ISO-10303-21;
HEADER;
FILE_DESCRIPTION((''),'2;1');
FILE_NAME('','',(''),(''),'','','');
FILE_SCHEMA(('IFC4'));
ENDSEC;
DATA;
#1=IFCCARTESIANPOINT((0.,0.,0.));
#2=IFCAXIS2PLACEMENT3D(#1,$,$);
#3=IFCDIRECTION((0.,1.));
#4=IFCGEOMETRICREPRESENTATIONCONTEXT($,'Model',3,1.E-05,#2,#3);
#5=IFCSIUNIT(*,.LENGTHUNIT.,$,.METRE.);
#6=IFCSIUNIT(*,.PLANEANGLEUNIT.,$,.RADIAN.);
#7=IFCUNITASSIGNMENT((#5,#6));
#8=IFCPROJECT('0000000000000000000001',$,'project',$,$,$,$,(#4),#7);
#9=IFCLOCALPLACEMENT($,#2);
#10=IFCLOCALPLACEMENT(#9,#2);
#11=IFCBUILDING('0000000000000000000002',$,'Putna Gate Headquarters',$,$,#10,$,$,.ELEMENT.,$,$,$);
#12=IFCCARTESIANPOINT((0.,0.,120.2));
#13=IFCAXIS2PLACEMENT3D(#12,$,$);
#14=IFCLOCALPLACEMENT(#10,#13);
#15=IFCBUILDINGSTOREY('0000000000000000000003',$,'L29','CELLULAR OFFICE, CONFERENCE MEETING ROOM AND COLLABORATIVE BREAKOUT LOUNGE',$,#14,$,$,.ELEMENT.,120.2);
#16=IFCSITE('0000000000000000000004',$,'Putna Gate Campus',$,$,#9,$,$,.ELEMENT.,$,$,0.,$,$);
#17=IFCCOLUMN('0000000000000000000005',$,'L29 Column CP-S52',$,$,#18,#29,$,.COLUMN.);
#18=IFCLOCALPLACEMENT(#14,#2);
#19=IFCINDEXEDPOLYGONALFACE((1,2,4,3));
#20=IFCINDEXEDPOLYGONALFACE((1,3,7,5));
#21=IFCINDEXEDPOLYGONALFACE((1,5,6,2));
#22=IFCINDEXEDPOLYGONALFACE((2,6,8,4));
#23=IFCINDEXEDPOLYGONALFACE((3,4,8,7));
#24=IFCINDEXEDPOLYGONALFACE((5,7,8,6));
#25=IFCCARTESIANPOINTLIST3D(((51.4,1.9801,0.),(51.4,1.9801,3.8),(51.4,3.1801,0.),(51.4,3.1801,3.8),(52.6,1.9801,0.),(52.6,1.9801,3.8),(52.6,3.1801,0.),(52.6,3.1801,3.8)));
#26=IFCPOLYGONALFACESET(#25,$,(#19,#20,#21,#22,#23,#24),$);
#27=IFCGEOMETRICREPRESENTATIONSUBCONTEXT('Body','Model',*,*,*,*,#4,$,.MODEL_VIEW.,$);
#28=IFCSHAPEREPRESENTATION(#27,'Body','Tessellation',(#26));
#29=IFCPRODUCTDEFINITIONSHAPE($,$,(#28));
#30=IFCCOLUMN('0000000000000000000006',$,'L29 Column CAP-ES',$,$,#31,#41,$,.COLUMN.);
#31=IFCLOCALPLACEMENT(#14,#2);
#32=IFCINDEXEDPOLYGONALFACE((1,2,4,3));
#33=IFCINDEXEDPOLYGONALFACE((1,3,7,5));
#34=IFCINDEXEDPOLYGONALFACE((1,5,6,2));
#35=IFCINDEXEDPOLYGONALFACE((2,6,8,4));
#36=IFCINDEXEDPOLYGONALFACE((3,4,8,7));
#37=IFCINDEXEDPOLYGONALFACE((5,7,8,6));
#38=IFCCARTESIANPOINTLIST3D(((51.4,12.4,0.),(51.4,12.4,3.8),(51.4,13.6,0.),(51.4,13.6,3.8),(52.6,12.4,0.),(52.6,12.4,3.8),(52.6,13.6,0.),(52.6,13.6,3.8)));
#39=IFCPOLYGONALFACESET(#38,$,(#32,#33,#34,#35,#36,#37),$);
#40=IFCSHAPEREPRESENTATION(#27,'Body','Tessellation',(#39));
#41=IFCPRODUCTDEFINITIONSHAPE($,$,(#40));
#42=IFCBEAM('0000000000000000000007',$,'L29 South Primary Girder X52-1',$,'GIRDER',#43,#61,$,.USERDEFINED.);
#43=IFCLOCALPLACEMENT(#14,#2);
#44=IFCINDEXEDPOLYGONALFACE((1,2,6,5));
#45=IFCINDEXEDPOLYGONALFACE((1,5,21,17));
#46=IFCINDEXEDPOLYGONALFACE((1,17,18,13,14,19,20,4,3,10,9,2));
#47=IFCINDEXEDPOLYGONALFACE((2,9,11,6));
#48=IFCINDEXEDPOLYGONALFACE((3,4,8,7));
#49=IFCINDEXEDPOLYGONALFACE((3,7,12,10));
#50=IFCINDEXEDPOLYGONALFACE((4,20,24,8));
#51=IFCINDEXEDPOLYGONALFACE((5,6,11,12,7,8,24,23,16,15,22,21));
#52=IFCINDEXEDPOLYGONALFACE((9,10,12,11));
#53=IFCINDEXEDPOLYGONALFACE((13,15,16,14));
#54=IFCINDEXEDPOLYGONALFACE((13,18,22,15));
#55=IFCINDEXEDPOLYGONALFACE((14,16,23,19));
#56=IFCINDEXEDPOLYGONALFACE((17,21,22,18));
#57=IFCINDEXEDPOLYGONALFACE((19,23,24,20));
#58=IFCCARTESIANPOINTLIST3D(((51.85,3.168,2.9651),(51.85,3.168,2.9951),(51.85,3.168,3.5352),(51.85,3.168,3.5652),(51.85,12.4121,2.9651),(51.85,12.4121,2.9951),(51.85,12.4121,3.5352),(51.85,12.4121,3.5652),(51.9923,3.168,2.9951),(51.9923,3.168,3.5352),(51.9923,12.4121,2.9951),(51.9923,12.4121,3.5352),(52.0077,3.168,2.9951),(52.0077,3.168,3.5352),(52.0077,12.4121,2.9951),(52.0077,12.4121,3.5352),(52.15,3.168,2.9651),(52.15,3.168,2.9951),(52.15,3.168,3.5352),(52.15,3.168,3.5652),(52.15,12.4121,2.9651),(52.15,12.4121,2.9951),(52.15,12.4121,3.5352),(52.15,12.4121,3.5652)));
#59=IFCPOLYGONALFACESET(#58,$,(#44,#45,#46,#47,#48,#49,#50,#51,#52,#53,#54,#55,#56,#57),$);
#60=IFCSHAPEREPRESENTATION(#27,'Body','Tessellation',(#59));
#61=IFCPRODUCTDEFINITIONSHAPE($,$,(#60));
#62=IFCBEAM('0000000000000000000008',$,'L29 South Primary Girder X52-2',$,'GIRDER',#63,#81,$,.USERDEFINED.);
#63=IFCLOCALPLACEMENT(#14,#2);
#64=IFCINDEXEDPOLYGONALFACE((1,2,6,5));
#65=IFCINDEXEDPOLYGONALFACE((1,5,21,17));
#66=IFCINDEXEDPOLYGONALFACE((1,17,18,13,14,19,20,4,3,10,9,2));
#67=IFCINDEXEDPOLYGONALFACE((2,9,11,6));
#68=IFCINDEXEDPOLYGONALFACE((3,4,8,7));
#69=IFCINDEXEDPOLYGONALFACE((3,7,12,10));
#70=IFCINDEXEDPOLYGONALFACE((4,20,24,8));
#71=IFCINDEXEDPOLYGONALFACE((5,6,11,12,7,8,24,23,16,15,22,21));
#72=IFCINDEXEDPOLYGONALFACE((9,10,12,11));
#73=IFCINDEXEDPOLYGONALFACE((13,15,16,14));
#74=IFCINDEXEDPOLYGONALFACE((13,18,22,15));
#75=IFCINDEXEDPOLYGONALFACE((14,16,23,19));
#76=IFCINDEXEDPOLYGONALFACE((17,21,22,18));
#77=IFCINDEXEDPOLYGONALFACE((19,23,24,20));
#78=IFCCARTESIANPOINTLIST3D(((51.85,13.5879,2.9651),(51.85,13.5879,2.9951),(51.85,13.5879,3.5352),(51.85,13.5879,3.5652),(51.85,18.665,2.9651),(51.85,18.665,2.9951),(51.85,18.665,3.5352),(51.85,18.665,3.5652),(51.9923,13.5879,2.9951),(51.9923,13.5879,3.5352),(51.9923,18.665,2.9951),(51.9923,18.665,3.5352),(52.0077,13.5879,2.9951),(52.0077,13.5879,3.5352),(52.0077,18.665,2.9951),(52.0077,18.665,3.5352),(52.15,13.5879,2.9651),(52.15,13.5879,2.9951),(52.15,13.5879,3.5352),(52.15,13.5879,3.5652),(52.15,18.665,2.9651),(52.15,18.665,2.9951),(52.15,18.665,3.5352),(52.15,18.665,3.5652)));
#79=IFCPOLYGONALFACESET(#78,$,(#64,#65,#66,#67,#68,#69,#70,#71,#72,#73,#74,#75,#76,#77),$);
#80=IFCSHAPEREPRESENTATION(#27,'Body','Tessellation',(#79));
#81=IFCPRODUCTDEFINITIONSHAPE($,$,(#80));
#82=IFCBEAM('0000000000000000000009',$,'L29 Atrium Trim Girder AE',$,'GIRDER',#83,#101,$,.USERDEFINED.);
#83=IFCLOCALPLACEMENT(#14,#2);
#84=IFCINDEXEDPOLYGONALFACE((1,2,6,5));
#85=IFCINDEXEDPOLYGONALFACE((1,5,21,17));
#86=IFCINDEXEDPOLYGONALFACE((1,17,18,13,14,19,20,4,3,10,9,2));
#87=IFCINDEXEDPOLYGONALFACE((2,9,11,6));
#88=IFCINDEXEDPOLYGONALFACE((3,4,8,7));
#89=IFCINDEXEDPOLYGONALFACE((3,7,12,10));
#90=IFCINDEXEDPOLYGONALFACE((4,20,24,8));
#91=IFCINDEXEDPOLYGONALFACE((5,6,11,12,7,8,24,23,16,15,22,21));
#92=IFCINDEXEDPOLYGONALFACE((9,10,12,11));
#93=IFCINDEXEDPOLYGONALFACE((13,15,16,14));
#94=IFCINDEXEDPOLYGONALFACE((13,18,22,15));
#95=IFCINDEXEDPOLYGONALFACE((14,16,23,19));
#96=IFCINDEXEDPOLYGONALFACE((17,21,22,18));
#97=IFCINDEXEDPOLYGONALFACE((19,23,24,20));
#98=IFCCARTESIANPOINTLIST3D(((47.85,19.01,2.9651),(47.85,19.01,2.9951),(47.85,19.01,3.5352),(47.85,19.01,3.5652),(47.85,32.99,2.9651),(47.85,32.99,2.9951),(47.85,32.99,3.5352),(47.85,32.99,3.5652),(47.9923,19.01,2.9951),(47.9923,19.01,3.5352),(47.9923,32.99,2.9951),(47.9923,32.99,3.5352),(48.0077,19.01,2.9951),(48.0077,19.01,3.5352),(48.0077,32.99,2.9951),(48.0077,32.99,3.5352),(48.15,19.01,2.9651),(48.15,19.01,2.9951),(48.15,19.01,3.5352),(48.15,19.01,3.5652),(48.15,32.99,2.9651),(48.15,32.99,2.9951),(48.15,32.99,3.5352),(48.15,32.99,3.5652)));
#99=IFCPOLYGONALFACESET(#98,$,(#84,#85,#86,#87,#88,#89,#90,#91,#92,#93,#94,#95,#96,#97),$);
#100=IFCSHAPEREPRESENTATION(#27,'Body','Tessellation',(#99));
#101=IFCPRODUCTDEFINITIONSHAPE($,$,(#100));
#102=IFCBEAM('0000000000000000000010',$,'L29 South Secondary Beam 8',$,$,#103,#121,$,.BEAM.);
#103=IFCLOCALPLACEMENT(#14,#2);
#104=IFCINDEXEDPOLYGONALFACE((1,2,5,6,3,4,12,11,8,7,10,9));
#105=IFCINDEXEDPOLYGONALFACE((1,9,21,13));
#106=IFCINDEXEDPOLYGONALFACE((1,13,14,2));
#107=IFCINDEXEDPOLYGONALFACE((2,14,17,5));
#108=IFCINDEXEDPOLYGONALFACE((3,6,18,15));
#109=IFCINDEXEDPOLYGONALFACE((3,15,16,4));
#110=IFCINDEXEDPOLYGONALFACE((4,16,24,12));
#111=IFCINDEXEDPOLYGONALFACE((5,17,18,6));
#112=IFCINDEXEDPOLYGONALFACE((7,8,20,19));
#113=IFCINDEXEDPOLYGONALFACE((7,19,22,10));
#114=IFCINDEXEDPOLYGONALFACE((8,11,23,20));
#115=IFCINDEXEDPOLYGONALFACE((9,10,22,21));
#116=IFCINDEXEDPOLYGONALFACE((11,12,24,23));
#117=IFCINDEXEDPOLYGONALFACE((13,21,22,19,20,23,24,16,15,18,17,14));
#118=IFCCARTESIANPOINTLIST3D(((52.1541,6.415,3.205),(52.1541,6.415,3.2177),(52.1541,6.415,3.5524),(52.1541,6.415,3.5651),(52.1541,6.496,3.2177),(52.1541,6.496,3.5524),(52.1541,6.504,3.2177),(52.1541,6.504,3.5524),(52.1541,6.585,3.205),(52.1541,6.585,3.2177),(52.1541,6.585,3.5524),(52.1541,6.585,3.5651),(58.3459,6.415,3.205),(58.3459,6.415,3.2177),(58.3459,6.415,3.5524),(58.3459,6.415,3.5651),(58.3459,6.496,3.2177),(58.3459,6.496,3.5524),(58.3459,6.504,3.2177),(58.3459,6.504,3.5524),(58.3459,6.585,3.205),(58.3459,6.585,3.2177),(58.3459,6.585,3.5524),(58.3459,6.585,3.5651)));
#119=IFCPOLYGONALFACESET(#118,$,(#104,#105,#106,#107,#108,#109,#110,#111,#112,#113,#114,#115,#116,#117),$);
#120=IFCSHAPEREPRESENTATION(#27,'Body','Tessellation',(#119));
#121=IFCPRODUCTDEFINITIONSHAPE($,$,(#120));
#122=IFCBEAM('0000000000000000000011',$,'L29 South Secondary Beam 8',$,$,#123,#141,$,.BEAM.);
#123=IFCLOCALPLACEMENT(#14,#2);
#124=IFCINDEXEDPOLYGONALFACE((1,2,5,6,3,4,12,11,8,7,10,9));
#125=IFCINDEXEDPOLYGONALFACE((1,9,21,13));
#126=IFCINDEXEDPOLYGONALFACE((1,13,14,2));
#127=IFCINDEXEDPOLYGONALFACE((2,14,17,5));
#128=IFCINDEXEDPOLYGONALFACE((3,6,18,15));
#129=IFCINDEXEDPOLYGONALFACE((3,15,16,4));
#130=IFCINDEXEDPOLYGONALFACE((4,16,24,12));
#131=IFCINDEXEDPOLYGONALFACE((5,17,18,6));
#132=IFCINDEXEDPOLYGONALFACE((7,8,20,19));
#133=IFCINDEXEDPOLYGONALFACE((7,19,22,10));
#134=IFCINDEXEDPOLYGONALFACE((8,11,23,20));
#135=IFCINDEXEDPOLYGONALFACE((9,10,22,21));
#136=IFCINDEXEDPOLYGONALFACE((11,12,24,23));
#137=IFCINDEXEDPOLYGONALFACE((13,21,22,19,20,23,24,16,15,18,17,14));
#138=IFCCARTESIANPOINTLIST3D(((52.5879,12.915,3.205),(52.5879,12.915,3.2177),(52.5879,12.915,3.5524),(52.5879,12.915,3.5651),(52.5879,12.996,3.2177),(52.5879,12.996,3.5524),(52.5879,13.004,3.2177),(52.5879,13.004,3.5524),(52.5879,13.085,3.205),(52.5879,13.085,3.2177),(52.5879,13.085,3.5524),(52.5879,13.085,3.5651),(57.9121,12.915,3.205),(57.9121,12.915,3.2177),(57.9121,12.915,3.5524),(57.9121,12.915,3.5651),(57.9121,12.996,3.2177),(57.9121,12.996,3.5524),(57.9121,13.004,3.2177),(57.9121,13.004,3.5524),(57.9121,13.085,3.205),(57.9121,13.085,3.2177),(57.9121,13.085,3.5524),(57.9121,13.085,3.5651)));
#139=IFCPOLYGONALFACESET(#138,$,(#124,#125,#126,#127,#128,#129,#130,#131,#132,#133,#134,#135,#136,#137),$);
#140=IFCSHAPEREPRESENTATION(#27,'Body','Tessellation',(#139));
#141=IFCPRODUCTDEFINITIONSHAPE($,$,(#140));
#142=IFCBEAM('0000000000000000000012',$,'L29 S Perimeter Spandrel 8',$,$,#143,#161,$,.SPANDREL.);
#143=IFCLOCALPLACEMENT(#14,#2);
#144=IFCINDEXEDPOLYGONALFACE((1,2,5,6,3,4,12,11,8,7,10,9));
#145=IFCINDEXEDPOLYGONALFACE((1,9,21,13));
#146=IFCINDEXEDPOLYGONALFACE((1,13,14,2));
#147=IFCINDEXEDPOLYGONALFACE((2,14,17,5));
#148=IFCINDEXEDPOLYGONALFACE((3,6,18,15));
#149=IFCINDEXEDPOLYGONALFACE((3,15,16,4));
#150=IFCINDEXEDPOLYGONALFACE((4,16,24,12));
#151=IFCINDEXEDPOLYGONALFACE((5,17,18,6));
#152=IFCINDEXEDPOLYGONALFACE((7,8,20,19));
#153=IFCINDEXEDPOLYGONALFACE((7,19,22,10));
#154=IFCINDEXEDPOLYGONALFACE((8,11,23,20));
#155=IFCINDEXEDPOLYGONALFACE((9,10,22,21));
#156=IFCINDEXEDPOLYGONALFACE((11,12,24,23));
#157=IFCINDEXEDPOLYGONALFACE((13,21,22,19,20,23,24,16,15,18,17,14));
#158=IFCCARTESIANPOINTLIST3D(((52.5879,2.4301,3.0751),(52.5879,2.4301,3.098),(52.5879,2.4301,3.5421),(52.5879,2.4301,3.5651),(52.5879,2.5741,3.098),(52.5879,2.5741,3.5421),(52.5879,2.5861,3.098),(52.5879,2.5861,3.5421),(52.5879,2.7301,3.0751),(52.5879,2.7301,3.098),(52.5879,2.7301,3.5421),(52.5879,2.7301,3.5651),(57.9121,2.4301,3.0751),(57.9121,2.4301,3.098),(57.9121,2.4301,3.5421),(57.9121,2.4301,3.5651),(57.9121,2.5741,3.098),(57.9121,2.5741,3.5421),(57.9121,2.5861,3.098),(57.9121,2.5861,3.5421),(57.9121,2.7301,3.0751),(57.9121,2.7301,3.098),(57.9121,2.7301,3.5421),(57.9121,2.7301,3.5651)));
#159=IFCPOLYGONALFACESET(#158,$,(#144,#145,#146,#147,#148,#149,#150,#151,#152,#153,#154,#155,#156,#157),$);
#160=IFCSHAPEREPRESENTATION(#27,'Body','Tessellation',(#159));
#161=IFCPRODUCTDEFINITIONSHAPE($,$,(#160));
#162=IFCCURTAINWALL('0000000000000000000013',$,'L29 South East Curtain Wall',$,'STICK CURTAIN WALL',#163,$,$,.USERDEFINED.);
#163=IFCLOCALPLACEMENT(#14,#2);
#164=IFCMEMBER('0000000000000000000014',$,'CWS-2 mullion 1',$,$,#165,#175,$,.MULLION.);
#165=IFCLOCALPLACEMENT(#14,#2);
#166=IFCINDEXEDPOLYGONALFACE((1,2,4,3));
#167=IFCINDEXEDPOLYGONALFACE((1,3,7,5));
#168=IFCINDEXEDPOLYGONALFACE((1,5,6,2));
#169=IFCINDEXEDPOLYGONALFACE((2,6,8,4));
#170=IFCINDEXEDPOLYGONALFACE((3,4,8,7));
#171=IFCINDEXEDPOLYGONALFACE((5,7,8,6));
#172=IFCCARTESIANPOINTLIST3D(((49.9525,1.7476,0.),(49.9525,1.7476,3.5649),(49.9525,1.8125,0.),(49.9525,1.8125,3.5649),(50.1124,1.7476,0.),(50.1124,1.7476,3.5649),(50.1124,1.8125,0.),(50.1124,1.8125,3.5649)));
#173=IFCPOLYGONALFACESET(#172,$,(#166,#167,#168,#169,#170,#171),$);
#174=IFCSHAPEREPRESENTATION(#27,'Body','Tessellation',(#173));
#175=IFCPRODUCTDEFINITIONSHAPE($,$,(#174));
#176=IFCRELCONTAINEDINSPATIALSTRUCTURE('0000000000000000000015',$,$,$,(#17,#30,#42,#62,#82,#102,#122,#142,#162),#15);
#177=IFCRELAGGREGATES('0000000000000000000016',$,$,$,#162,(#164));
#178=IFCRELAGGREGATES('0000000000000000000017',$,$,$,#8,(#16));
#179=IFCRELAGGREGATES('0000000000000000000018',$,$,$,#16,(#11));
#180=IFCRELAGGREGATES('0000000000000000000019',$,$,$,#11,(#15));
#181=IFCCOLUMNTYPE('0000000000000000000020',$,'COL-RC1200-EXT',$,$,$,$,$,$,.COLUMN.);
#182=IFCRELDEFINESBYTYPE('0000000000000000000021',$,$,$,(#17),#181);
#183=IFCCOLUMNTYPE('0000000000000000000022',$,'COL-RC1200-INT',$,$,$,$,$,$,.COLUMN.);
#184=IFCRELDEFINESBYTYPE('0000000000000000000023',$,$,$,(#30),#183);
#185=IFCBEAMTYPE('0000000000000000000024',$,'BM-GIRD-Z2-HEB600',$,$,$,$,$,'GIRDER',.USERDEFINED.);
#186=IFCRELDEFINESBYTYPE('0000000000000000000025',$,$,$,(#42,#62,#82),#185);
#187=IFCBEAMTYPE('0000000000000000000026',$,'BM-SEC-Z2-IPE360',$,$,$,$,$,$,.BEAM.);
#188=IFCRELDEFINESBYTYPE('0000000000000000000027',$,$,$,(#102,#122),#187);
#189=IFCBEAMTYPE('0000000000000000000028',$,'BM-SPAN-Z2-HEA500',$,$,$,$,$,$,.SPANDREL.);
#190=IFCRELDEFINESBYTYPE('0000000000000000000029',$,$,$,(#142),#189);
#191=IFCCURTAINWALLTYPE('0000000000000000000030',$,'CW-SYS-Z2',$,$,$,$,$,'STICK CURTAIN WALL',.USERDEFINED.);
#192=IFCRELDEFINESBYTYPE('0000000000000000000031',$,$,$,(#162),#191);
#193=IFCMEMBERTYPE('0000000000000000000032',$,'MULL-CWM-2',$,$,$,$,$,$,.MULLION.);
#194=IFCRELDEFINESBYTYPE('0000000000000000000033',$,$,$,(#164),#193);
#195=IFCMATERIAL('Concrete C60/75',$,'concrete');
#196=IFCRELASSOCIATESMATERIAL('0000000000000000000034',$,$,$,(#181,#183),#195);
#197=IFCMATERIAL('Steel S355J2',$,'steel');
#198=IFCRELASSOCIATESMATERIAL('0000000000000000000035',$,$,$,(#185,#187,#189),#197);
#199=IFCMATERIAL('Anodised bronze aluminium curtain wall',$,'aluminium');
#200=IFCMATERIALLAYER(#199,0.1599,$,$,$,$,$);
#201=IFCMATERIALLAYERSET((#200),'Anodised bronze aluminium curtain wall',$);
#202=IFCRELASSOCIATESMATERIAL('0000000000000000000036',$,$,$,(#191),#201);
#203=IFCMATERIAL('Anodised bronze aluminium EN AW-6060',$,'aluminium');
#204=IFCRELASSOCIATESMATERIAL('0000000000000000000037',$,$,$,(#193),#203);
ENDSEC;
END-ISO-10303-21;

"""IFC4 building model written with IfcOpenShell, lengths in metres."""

from ifc_helpers import new_model, si_unit, direction, frame, origin, origin_2d, place, context, subcontext, project, spatial, rectangle, i_section, extrude, material, layer, layer_set, material_profile, profile_set, type_object, element, aggregate, save


model = new_model("IFC4")

# Units and contexts
model_context = context("Model", 3, precision=1e-05, world=origin(), true_north=direction((0.0, 1.0)))
body_context = subcontext(model_context, "Body", "Model", "MODEL_VIEW")
ifc_project = project(units=[si_unit("LENGTHUNIT", "METRE"), si_unit("PLANEANGLEUNIT", "RADIAN")], contexts=[model_context])

# Site, building, storey
site_placement = place(None, origin())
site = spatial("IfcSite", under=ifc_project, at=site_placement, Name="Putna Gate Campus", CompositionType="ELEMENT", RefElevation=0.0)
building_placement = place(site_placement, origin())
building = spatial("IfcBuilding", under=site, at=building_placement, Name="Putna Gate Headquarters", CompositionType="ELEMENT")
storey_placement = place(building_placement, frame((0.0, 0.0, 120.2)))
storey = spatial("IfcBuildingStorey", under=building, at=storey_placement, Name="L29", Description="CELLULAR OFFICE, CONFERENCE MEETING ROOM AND COLLABORATIVE BREAKOUT LOUNGE", CompositionType="ELEMENT", Elevation=120.2)

# Columns
ifc_material_1 = material(Name="Concrete C60/75", Category="concrete")
ifc_material_profile_1 = material_profile(ifc_material_1, rectangle(XDim=1.2, YDim=1.2, at=origin_2d()), Name="Concrete C60/75")
ifc_profile_set_1 = profile_set([ifc_material_profile_1], Name="Concrete C60/75")
column_type_1 = type_object("IfcColumnType", Name="COL-RC1200-EXT", PredefinedType="COLUMN", material=ifc_profile_set_1)
column_1_placement = place(storey_placement, frame((52.0, 2.5801, 0.0), z_axis=(0.0, 0.0, 1.0), x_axis=(1.0, 0.0, 0.0)))
element("IfcColumn", 1, at=column_1_placement, inside=storey, type_object=column_type_1, Name="L29 Column CP-S52", PredefinedType="COLUMN", context=body_context, shape_type="SweptSolid", body=[
    extrude(rectangle(XDim=1.2, YDim=1.2, at=origin_2d()), origin(), (0.0, 0.0, 1.0), 3.8),
])
ifc_material_profile_2 = material_profile(ifc_material_1, rectangle(XDim=1.2, YDim=1.2, at=origin_2d()), Name="Concrete C60/75")
ifc_profile_set_2 = profile_set([ifc_material_profile_2], Name="Concrete C60/75")
column_type_2 = type_object("IfcColumnType", Name="COL-RC1200-INT", PredefinedType="COLUMN", material=ifc_profile_set_2)
column_2_placement = place(storey_placement, frame((52.0, 13.0, 0.0), z_axis=(0.0, 0.0, 1.0), x_axis=(1.0, 0.0, 0.0)))
element("IfcColumn", 2, at=column_2_placement, inside=storey, type_object=column_type_2, Name="L29 Column CAP-ES", PredefinedType="COLUMN", context=body_context, shape_type="SweptSolid", body=[
    extrude(rectangle(XDim=1.2, YDim=1.2, at=origin_2d()), origin(), (0.0, 0.0, 1.0), 3.8),
])

# Beams
ifc_material_2 = material(Name="Steel S355J2", Category="steel")
ifc_material_profile_3 = material_profile(ifc_material_2, i_section(OverallWidth=0.3, OverallDepth=0.6001, WebThickness=0.0154, FlangeThickness=0.03, at=origin_2d()), Name="Steel S355J2")
ifc_profile_set_3 = profile_set([ifc_material_profile_3], Name="Steel S355J2")
beam_type_1 = type_object("IfcBeamType", Name="BM-GIRD-Z2-HEB600", ElementType="GIRDER", PredefinedType="USERDEFINED", material=ifc_profile_set_3)
beam_1_placement = place(storey_placement, frame((52.0, 3.168, 3.2651), z_axis=(0.0, 1.0, 0.0), x_axis=(-1.0, 0.0, 0.0)))
element("IfcBeam", 3, at=beam_1_placement, inside=storey, type_object=beam_type_1, Name="L29 South Primary Girder X52-1", ObjectType="GIRDER", PredefinedType="USERDEFINED", context=body_context, shape_type="SweptSolid", body=[
    extrude(i_section(OverallWidth=0.3, OverallDepth=0.6001, WebThickness=0.0154, FlangeThickness=0.03, at=origin_2d()), origin(), (0.0, 0.0, 1.0), 9.2441),
])
beam_2_placement = place(storey_placement, frame((52.0, 13.5879, 3.2651), z_axis=(0.0, 1.0, 0.0), x_axis=(-1.0, 0.0, 0.0)))
element("IfcBeam", 4, at=beam_2_placement, inside=storey, type_object=beam_type_1, Name="L29 South Primary Girder X52-2", ObjectType="GIRDER", PredefinedType="USERDEFINED", context=body_context, shape_type="SweptSolid", body=[
    extrude(i_section(OverallWidth=0.3, OverallDepth=0.6001, WebThickness=0.0154, FlangeThickness=0.03, at=origin_2d()), origin(), (0.0, 0.0, 1.0), 5.0771),
])
beam_3_placement = place(storey_placement, frame((48.0, 19.01, 3.2651), z_axis=(0.0, 1.0, 0.0), x_axis=(-1.0, 0.0, 0.0)))
element("IfcBeam", 5, at=beam_3_placement, inside=storey, type_object=beam_type_1, Name="L29 Atrium Trim Girder AE", ObjectType="GIRDER", PredefinedType="USERDEFINED", context=body_context, shape_type="SweptSolid", body=[
    extrude(i_section(OverallWidth=0.3, OverallDepth=0.6001, WebThickness=0.0154, FlangeThickness=0.03, at=origin_2d()), origin(), (0.0, 0.0, 1.0), 13.98),
])
ifc_material_profile_4 = material_profile(ifc_material_2, i_section(OverallWidth=0.1699, OverallDepth=0.3601, WebThickness=0.0081, FlangeThickness=0.0127, at=origin_2d()), Name="Steel S355J2")
ifc_profile_set_4 = profile_set([ifc_material_profile_4], Name="Steel S355J2")
beam_type_2 = type_object("IfcBeamType", Name="BM-SEC-Z2-IPE360", PredefinedType="BEAM", material=ifc_profile_set_4)
beam_4_placement = place(storey_placement, frame((52.1541, 6.5, 3.385), z_axis=(1.0, 0.0, 0.0), x_axis=(0.0, 1.0, 0.0)))
element("IfcBeam", 6, at=beam_4_placement, inside=storey, type_object=beam_type_2, Name="L29 South Secondary Beam 8", PredefinedType="BEAM", context=body_context, shape_type="SweptSolid", body=[
    extrude(i_section(OverallWidth=0.1699, OverallDepth=0.3601, WebThickness=0.0081, FlangeThickness=0.0127, at=origin_2d()), origin(), (0.0, 0.0, 1.0), 6.1919),
])
beam_5_placement = place(storey_placement, frame((52.5879, 13.0, 3.385), z_axis=(1.0, 0.0, 0.0), x_axis=(0.0, 1.0, 0.0)))
element("IfcBeam", 7, at=beam_5_placement, inside=storey, type_object=beam_type_2, Name="L29 South Secondary Beam 8", PredefinedType="BEAM", context=body_context, shape_type="SweptSolid", body=[
    extrude(i_section(OverallWidth=0.1699, OverallDepth=0.3601, WebThickness=0.0081, FlangeThickness=0.0127, at=origin_2d()), origin(), (0.0, 0.0, 1.0), 5.3242),
])
ifc_material_profile_5 = material_profile(ifc_material_2, i_section(OverallWidth=0.3, OverallDepth=0.49, WebThickness=0.012, FlangeThickness=0.0229, at=origin_2d()), Name="Steel S355J2")
ifc_profile_set_5 = profile_set([ifc_material_profile_5], Name="Steel S355J2")
beam_type_3 = type_object("IfcBeamType", Name="BM-SPAN-Z2-HEA500", PredefinedType="SPANDREL", material=ifc_profile_set_5)
beam_6_placement = place(storey_placement, frame((52.5879, 2.5801, 3.3201), z_axis=(1.0, 0.0, 0.0), x_axis=(0.0, 1.0, 0.0)))
element("IfcBeam", 8, at=beam_6_placement, inside=storey, type_object=beam_type_3, Name="L29 S Perimeter Spandrel 8", PredefinedType="SPANDREL", context=body_context, shape_type="SweptSolid", body=[
    extrude(i_section(OverallWidth=0.3, OverallDepth=0.49, WebThickness=0.012, FlangeThickness=0.0229, at=origin_2d()), origin(), (0.0, 0.0, 1.0), 5.3242),
])

# Curtain wall, member
ifc_material_3 = material(Name="Anodised bronze aluminium curtain wall", Category="aluminium")
ifc_layer_1 = layer(ifc_material_3, 0.1599)
ifc_layer_set_1 = layer_set([ifc_layer_1], Name="Anodised bronze aluminium curtain wall")
curtain_wall_type_1 = type_object("IfcCurtainWallType", Name="CW-SYS-Z2", ElementType="STICK CURTAIN WALL", PredefinedType="USERDEFINED", material=ifc_layer_set_1)
curtain_wall_1_placement = place(storey_placement, origin())
curtain_wall_1 = element("IfcCurtainWall", 9, at=curtain_wall_1_placement, inside=storey, type_object=curtain_wall_type_1, Name="L29 South East Curtain Wall", ObjectType="STICK CURTAIN WALL", PredefinedType="USERDEFINED")
ifc_material_4 = material(Name="Anodised bronze aluminium EN AW-6060", Category="aluminium")
ifc_material_profile_6 = material_profile(ifc_material_4, rectangle(XDim=0.0649, YDim=0.1599, at=origin_2d()), Name="Anodised bronze aluminium EN AW-6060")
ifc_profile_set_6 = profile_set([ifc_material_profile_6], Name="Anodised bronze aluminium EN AW-6060")
member_type_1 = type_object("IfcMemberType", Name="MULL-CWM-2", PredefinedType="MULLION", material=ifc_profile_set_6)
member_1_placement = place(storey_placement, frame((50.0325, 1.78, 0.0), z_axis=(0.0, 0.0, 1.0), x_axis=(0.0, 1.0, 0.0)))
member_1 = element("IfcMember", 10, at=member_1_placement, type_object=member_type_1, Name="CWS-2 mullion 1", PredefinedType="MULLION", context=body_context, shape_type="SweptSolid", body=[
    extrude(rectangle(XDim=0.0649, YDim=0.1599, at=origin_2d()), origin(), (0.0, 0.0, 1.0), 3.5649),
])

aggregate(curtain_wall_1, [member_1])

save(model, "model.ifc")
